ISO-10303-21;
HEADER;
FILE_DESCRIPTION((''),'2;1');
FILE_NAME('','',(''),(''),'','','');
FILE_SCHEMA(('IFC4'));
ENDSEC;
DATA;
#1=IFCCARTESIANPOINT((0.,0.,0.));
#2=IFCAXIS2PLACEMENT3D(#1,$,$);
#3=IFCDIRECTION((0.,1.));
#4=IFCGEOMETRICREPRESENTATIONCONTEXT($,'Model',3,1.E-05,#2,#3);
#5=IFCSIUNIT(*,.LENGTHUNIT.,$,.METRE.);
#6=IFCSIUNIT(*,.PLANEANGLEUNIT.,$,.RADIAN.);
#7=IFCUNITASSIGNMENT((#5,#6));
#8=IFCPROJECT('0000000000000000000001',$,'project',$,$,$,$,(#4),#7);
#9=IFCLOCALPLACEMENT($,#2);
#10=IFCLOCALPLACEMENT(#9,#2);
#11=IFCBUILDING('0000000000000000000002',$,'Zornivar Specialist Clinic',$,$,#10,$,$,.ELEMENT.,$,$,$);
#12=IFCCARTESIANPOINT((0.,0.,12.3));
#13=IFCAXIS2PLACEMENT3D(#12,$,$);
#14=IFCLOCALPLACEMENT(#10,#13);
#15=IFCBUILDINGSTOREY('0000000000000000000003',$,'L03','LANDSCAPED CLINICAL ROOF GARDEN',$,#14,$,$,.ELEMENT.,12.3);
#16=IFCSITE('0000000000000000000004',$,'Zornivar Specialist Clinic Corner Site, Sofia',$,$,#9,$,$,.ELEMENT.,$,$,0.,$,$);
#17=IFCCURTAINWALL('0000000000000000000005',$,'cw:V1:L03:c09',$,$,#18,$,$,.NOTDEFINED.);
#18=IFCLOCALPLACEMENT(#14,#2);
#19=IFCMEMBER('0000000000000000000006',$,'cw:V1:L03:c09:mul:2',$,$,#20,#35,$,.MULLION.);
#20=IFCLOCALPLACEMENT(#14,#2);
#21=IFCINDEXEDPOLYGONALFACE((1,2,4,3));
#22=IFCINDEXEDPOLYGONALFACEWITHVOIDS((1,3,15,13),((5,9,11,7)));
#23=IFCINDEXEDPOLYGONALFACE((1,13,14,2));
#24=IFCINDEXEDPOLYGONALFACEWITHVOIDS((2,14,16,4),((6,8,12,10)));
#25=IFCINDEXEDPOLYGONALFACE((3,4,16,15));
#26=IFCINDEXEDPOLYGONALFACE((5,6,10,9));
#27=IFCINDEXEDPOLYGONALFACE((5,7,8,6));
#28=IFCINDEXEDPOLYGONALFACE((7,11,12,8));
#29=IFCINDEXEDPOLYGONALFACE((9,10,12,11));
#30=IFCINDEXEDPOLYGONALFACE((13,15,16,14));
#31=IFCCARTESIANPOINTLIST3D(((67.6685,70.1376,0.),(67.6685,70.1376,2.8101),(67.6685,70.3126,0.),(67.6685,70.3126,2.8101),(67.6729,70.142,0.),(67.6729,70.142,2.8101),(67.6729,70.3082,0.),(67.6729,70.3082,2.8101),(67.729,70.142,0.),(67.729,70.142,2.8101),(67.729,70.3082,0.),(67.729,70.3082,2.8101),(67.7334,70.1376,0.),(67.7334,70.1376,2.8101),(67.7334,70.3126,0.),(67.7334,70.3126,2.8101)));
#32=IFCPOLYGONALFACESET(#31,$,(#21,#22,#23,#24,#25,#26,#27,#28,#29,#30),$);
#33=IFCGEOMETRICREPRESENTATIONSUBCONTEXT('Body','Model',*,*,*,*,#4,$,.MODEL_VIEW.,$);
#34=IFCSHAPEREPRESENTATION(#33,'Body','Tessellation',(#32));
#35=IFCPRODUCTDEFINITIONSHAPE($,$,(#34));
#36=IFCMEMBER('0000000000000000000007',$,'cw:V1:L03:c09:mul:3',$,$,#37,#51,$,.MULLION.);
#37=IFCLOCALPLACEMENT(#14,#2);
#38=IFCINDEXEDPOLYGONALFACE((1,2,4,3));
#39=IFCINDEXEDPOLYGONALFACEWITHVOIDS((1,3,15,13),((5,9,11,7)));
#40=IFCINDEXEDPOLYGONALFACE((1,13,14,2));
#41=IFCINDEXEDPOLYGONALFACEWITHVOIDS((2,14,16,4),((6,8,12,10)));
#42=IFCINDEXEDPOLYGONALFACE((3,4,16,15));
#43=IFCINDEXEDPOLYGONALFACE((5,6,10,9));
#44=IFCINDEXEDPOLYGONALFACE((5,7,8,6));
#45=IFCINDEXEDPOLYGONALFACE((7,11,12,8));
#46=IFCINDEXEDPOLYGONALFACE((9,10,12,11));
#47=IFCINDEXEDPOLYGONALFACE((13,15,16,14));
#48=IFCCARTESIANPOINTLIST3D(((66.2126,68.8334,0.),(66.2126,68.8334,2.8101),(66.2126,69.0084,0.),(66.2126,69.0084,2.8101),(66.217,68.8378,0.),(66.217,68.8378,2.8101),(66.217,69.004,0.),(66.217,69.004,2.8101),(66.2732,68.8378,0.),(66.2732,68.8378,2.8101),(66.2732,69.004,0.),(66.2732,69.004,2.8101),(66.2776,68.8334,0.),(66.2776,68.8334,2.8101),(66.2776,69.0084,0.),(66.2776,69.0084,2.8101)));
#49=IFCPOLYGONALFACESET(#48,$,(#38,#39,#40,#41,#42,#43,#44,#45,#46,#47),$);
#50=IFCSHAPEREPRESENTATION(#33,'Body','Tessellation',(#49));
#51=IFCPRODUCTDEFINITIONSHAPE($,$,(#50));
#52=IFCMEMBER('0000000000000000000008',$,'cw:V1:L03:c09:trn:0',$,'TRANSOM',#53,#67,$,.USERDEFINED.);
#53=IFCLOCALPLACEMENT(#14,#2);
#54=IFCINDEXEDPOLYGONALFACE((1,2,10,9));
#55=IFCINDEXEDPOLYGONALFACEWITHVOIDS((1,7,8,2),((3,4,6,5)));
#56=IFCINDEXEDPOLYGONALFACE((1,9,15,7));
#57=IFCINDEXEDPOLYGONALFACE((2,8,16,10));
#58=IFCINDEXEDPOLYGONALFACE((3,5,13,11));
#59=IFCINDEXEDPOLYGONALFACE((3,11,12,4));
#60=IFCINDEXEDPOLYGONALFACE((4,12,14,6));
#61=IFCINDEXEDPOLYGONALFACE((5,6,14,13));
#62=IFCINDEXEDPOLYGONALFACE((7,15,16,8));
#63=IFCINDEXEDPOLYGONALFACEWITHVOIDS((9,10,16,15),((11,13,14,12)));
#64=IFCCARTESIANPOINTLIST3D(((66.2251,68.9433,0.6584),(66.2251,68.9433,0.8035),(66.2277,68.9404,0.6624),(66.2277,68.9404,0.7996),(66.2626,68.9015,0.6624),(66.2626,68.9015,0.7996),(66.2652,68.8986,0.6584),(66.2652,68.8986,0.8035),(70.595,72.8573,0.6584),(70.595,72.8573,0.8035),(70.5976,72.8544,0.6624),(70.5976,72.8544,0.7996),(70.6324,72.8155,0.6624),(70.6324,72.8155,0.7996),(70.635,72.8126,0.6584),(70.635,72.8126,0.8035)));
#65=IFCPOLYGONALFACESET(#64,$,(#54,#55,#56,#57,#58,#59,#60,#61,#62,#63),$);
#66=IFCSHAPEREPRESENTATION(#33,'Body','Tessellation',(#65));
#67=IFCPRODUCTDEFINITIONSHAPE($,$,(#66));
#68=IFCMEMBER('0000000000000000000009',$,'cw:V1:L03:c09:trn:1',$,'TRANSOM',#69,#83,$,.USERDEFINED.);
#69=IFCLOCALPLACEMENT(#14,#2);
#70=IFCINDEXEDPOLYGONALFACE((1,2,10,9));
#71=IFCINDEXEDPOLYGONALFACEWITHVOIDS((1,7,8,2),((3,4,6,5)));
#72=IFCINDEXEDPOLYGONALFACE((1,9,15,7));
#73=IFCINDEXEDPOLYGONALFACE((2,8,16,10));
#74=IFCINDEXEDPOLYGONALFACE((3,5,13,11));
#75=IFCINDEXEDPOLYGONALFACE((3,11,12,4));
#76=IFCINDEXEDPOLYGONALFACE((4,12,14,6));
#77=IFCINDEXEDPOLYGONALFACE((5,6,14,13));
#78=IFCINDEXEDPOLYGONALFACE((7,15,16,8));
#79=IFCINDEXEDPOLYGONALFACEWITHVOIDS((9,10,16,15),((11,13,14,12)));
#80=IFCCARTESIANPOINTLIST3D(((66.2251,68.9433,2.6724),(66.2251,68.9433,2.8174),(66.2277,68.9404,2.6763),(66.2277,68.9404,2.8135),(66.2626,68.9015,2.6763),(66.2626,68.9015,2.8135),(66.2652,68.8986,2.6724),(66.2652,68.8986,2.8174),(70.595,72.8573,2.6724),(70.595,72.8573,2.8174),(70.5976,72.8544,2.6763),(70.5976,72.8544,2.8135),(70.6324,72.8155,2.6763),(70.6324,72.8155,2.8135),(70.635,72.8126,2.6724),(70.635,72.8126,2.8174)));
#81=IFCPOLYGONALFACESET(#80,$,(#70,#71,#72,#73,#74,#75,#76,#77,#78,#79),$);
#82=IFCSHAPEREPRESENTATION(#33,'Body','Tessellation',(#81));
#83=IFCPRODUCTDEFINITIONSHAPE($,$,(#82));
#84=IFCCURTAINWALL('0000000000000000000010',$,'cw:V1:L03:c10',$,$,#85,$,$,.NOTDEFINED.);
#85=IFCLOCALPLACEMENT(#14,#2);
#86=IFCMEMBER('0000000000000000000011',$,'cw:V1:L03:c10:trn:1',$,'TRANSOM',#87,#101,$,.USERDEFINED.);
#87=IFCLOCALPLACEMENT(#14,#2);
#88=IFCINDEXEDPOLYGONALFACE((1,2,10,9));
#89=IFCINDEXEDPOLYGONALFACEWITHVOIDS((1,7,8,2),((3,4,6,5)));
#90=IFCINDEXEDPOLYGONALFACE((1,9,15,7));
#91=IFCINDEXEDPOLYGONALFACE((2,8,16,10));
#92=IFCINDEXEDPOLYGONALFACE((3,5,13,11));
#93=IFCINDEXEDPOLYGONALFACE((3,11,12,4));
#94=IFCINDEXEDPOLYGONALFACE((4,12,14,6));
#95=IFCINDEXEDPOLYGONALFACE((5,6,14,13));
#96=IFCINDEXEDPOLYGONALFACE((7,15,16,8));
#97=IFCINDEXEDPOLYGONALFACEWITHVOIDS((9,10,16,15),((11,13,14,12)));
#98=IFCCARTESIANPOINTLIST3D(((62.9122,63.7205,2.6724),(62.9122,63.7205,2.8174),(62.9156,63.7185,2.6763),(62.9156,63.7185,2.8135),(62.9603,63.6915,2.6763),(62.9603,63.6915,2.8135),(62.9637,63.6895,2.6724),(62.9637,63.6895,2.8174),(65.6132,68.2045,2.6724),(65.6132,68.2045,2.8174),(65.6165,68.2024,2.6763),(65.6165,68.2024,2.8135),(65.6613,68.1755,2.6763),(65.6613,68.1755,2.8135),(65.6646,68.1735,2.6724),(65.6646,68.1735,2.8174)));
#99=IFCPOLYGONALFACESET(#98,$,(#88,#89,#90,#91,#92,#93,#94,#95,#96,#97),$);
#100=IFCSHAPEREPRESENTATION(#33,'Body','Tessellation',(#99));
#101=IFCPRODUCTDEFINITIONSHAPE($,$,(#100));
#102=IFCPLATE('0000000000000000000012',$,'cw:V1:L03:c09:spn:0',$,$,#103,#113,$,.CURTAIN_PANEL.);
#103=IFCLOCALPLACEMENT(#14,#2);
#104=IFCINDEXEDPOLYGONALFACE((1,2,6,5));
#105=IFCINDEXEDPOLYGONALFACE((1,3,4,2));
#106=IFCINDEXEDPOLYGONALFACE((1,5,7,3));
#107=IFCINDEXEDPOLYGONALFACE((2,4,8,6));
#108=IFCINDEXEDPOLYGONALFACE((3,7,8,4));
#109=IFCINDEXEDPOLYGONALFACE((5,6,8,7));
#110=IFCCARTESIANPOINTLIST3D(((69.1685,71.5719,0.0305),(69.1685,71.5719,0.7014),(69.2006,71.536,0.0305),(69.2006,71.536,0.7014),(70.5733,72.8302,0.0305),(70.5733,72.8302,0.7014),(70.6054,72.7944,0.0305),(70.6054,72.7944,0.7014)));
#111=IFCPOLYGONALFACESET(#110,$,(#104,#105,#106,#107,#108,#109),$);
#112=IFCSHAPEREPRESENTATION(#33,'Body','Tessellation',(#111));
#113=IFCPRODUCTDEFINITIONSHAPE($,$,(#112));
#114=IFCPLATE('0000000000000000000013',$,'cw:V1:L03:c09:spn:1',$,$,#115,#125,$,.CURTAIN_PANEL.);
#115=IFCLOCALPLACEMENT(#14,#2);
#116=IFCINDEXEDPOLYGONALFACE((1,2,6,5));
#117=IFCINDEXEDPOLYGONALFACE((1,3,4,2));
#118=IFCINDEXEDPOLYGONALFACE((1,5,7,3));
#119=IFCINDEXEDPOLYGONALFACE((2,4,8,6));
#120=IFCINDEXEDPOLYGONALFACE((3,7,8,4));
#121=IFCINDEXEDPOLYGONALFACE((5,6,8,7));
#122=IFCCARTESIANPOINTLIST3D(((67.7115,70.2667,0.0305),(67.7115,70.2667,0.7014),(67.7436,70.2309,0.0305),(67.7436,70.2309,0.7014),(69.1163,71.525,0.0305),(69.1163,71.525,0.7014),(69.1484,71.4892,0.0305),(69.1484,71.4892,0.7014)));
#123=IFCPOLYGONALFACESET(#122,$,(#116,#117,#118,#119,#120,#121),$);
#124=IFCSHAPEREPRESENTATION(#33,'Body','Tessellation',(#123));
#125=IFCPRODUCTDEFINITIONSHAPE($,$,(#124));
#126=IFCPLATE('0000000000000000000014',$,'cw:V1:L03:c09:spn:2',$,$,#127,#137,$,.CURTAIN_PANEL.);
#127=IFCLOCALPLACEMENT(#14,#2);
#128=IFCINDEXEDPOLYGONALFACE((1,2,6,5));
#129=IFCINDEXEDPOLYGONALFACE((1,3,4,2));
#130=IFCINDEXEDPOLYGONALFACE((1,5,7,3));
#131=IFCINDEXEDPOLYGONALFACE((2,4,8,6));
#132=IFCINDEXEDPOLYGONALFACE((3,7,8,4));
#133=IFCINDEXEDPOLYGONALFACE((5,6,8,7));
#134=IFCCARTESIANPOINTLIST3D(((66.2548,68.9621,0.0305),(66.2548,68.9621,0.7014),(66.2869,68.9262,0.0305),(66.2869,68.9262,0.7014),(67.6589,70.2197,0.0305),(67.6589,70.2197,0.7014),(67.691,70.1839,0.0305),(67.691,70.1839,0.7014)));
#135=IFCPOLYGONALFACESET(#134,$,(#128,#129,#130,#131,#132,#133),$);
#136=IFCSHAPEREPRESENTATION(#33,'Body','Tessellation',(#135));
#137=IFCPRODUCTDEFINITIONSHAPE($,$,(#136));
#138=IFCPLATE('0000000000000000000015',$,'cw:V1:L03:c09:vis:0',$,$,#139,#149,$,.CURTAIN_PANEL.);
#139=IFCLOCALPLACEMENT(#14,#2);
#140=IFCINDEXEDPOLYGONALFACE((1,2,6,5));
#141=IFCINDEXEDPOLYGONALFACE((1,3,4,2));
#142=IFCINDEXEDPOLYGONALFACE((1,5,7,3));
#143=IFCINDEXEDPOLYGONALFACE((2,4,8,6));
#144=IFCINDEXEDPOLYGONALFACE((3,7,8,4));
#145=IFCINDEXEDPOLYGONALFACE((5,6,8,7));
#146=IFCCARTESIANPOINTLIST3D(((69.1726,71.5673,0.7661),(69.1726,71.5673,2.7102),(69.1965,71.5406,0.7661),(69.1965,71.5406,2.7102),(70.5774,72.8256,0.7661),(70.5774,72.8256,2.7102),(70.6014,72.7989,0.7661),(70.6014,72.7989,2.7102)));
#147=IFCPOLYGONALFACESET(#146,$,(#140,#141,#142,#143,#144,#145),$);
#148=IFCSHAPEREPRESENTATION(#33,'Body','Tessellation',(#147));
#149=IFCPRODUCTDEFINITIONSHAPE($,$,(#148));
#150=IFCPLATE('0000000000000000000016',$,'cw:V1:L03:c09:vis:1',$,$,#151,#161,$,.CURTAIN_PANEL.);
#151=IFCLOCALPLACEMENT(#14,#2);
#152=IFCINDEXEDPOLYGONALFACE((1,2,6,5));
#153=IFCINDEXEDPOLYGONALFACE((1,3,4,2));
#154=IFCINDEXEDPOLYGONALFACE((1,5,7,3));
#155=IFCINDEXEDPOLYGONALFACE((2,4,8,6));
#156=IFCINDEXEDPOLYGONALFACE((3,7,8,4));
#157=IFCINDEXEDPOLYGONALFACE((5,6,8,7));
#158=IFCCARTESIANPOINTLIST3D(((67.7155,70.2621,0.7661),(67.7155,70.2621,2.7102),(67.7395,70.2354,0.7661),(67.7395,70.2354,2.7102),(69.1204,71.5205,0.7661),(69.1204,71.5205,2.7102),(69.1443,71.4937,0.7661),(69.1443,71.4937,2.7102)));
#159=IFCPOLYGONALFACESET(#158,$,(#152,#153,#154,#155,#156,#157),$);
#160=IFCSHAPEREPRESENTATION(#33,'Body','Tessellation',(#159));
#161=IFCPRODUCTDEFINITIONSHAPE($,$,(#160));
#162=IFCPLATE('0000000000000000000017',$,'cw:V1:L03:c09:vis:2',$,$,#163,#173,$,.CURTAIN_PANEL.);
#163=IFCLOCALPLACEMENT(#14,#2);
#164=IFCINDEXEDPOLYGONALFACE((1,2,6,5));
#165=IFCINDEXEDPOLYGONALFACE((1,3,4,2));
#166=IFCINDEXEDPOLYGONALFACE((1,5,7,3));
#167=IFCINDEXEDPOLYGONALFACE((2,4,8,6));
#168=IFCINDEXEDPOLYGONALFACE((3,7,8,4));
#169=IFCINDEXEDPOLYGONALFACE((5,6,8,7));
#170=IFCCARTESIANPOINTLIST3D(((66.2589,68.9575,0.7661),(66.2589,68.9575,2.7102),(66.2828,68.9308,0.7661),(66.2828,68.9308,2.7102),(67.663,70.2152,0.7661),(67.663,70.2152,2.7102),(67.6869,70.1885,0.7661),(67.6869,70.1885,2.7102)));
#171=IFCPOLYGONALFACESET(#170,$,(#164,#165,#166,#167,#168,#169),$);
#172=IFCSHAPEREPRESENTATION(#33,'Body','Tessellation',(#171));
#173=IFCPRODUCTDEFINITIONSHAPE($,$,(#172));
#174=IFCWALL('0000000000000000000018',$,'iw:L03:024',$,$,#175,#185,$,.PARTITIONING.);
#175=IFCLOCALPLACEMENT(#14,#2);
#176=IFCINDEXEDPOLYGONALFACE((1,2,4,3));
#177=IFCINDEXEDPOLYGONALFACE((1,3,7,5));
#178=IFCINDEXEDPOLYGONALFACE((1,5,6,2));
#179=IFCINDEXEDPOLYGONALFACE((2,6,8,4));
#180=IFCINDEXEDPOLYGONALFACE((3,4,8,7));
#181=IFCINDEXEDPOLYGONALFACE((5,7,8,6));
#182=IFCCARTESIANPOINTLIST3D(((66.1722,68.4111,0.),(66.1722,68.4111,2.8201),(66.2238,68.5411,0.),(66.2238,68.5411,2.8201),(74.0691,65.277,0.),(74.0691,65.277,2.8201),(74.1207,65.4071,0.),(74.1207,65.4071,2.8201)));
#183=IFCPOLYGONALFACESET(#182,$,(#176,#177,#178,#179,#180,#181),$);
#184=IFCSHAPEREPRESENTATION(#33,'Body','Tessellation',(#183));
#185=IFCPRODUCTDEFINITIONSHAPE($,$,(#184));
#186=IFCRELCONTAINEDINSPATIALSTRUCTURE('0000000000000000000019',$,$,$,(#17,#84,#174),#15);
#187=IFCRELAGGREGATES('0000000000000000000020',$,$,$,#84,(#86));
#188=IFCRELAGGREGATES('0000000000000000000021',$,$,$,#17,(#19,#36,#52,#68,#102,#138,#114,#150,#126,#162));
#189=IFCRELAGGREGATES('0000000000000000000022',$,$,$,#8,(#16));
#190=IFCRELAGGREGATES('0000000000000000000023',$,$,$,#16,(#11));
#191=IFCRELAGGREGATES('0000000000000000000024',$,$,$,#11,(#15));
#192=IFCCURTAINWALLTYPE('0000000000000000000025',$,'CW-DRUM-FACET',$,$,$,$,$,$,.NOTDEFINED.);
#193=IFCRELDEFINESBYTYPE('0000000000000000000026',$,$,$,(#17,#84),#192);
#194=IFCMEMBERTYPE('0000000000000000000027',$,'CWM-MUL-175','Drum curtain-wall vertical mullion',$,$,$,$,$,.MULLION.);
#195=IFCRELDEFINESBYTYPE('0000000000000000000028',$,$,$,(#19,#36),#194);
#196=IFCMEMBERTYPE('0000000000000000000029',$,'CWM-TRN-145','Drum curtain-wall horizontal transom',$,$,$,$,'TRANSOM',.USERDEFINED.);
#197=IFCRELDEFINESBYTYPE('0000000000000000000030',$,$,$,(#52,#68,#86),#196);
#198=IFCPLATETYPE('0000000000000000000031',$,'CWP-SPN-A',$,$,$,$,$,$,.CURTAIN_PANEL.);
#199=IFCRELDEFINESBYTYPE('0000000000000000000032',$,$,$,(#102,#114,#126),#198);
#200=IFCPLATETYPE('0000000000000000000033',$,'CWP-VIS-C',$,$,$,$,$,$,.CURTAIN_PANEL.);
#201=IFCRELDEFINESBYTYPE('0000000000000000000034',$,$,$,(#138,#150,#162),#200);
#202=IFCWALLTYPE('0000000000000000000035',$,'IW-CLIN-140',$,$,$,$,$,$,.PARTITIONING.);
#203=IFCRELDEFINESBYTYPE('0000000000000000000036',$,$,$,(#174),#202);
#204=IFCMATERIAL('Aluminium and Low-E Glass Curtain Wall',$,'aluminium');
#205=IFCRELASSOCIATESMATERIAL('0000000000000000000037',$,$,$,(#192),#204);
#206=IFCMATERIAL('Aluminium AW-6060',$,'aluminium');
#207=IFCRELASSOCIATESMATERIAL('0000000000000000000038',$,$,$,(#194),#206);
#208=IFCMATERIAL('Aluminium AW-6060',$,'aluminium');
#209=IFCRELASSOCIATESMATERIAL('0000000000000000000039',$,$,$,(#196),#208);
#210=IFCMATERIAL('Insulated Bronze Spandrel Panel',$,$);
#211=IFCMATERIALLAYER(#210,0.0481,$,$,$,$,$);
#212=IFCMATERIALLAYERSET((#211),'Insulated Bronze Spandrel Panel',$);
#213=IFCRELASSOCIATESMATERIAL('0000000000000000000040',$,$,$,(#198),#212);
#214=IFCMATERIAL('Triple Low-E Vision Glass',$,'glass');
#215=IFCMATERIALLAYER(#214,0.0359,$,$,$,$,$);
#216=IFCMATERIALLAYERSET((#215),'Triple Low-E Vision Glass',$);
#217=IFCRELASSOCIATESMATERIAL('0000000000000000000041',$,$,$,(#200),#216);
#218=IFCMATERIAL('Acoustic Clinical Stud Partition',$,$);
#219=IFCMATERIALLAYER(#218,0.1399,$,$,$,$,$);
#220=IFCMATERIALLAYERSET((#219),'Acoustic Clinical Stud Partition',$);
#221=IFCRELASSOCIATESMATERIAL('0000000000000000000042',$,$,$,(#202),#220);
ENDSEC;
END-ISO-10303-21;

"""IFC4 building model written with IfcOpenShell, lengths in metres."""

from ifc_helpers import new_model, si_unit, direction, frame, frame_2d, origin, origin_2d, place, context, subcontext, project, spatial, rectangle, hollow_rectangle, extrude, material, layer, layer_set, material_profile, profile_set, type_object, element, aggregate, save


model = new_model("IFC4")

# Units and contexts
model_context = context("Model", 3, precision=1e-05, world=origin(), true_north=direction((0.0, 1.0)))
body_context = subcontext(model_context, "Body", "Model", "MODEL_VIEW")
ifc_project = project(units=[si_unit("LENGTHUNIT", "METRE"), si_unit("PLANEANGLEUNIT", "RADIAN")], contexts=[model_context])

# Site, building, storey
site_placement = place(None, origin())
site = spatial("IfcSite", under=ifc_project, at=site_placement, Name="Zornivar Specialist Clinic Corner Site, Sofia", CompositionType="ELEMENT", RefElevation=0.0)
building_placement = place(site_placement, origin())
building = spatial("IfcBuilding", under=site, at=building_placement, Name="Zornivar Specialist Clinic", CompositionType="ELEMENT")
storey_placement = place(building_placement, frame((0.0, 0.0, 12.3)))
storey = spatial("IfcBuildingStorey", under=building, at=storey_placement, Name="L03", Description="LANDSCAPED CLINICAL ROOF GARDEN", CompositionType="ELEMENT", Elevation=12.3)

# Curtain wall, members
ifc_material_1 = material(Name="Aluminium and Low-E Glass Curtain Wall", Category="aluminium")
curtain_wall_type = type_object("IfcCurtainWallType", Name="CW-DRUM-FACET", PredefinedType="NOTDEFINED", material=ifc_material_1)
curtain_wall_1_placement = place(storey_placement, origin())
curtain_wall_1 = element("IfcCurtainWall", 1, at=curtain_wall_1_placement, inside=storey, type_object=curtain_wall_type, Name="cw:V1:L03:c09", PredefinedType="NOTDEFINED")
ifc_material_2 = material(Name="Aluminium AW-6060", Category="aluminium")
ifc_material_profile_1 = material_profile(ifc_material_2, hollow_rectangle(XDim=0.0649, YDim=0.175, WallThickness=0.0044, at=origin_2d()), Name="ALU 65x175x4.5")
ifc_profile_set_1 = profile_set([ifc_material_profile_1], Name="Aluminium AW-6060")
member_type_1 = type_object("IfcMemberType", Name="CWM-MUL-175", Description="Drum curtain-wall vertical mullion", PredefinedType="MULLION", material=ifc_profile_set_1)
member_1_placement = place(storey_placement, frame((67.7009, 70.2251, 0.0), z_axis=(0.0, 0.0, 1.0), x_axis=(1.0, 0.0, 0.0)))
member_1 = element("IfcMember", 2, at=member_1_placement, type_object=member_type_1, Name="cw:V1:L03:c09:mul:2", PredefinedType="MULLION", context=body_context, shape_type="SweptSolid", body=[
    extrude(hollow_rectangle(XDim=0.0649, YDim=0.175, WallThickness=0.0044, at=origin_2d()), origin(), (0.0, 0.0, 1.0), 2.8101),
])
member_2_placement = place(storey_placement, frame((66.2451, 68.9209, 0.0), z_axis=(0.0, 0.0, 1.0), x_axis=(1.0, 0.0, 0.0)))
member_2 = element("IfcMember", 3, at=member_2_placement, type_object=member_type_1, Name="cw:V1:L03:c09:mul:3", PredefinedType="MULLION", context=body_context, shape_type="SweptSolid", body=[
    extrude(hollow_rectangle(XDim=0.0649, YDim=0.175, WallThickness=0.0044, at=origin_2d()), origin(), (0.0, 0.0, 1.0), 2.8101),
])
ifc_material_3 = material(Name="Aluminium AW-6060", Category="aluminium")
ifc_material_profile_2 = material_profile(ifc_material_3, hollow_rectangle(XDim=0.0601, YDim=0.145, WallThickness=0.0039, at=origin_2d()), Name="ALU 60x145x4")
ifc_profile_set_2 = profile_set([ifc_material_profile_2], Name="Aluminium AW-6060")
member_type_2 = type_object("IfcMemberType", Name="CWM-TRN-145", Description="Drum curtain-wall horizontal transom", ElementType="TRANSOM", PredefinedType="USERDEFINED", material=ifc_profile_set_2)
member_3_placement = place(storey_placement, frame((70.615, 72.835, 0.731), z_axis=(-0.744887, -0.66719, 0.0), x_axis=(0.66719, -0.744887, 0.0)))
member_3 = element("IfcMember", 4, at=member_3_placement, type_object=member_type_2, Name="cw:V1:L03:c09:trn:0", ObjectType="TRANSOM", PredefinedType="USERDEFINED", context=body_context, shape_type="SweptSolid", body=[
    extrude(hollow_rectangle(XDim=0.0601, YDim=0.145, WallThickness=0.0039, at=origin_2d()), origin(), (0.0, 0.0, 1.0), 5.8665),
])
member_4_placement = place(storey_placement, frame((70.615, 72.835, 2.7449), z_axis=(-0.744887, -0.66719, 0.0), x_axis=(0.66719, -0.744887, 0.0)))
member_4 = element("IfcMember", 5, at=member_4_placement, type_object=member_type_2, Name="cw:V1:L03:c09:trn:1", ObjectType="TRANSOM", PredefinedType="USERDEFINED", context=body_context, shape_type="SweptSolid", body=[
    extrude(hollow_rectangle(XDim=0.0601, YDim=0.145, WallThickness=0.0039, at=origin_2d()), origin(), (0.0, 0.0, 1.0), 5.8665),
])

# Curtain wall, member
curtain_wall_2_placement = place(storey_placement, origin())
curtain_wall_2 = element("IfcCurtainWall", 6, at=curtain_wall_2_placement, inside=storey, type_object=curtain_wall_type, Name="cw:V1:L03:c10", PredefinedType="NOTDEFINED")
member_5_placement = place(storey_placement, frame((65.6389, 68.189, 2.7449), z_axis=(-0.515983, -0.856599, 0.0), x_axis=(0.856599, -0.515983, 0.0)))
member_5 = element("IfcMember", 7, at=member_5_placement, type_object=member_type_2, Name="cw:V1:L03:c10:trn:1", ObjectType="TRANSOM", PredefinedType="USERDEFINED", context=body_context, shape_type="SweptSolid", body=[
    extrude(hollow_rectangle(XDim=0.0601, YDim=0.145, WallThickness=0.0039, at=origin_2d()), origin(), (0.0, 0.0, 1.0), 5.2346),
])
aggregate(curtain_wall_2, [member_5])

# Plates
ifc_material_4 = material(Name="Insulated Bronze Spandrel Panel")
ifc_layer_1 = layer(ifc_material_4, 0.0481)
ifc_layer_set_1 = layer_set([ifc_layer_1], Name="Insulated Bronze Spandrel Panel")
plate_type_1 = type_object("IfcPlateType", Name="CWP-SPN-A", PredefinedType="CURTAIN_PANEL", material=ifc_layer_set_1)
plate_1_placement = place(storey_placement, frame((69.887, 72.1831, 0.0305), z_axis=(0.0, 0.0, 1.0), x_axis=(-0.744881, -0.667198, 0.0)))
plate_1 = element("IfcPlate", 8, at=plate_1_placement, type_object=plate_type_1, Name="cw:V1:L03:c09:spn:0", PredefinedType="CURTAIN_PANEL", context=body_context, shape_type="SweptSolid", body=[
    extrude(rectangle(XDim=1.886, YDim=0.0481, at=origin_2d()), origin(), (0.0, 0.0, 1.0), 0.6709),
])
plate_2_placement = place(storey_placement, frame((68.4299, 70.8779, 0.0305), z_axis=(0.0, 0.0, 1.0), x_axis=(-0.744881, -0.667198, 0.0)))
plate_2 = element("IfcPlate", 9, at=plate_2_placement, type_object=plate_type_1, Name="cw:V1:L03:c09:spn:1", PredefinedType="CURTAIN_PANEL", context=body_context, shape_type="SweptSolid", body=[
    extrude(rectangle(XDim=1.886, YDim=0.0481, at=origin_2d()), origin(), (0.0, 0.0, 1.0), 0.6709),
])
plate_3_placement = place(storey_placement, frame((66.9729, 69.573, 0.0305), z_axis=(0.0, 0.0, 1.0), x_axis=(-0.744881, -0.667198, 0.0)))
plate_3 = element("IfcPlate", 10, at=plate_3_placement, type_object=plate_type_1, Name="cw:V1:L03:c09:spn:2", PredefinedType="CURTAIN_PANEL", context=body_context, shape_type="SweptSolid", body=[
    extrude(rectangle(XDim=1.885, YDim=0.0481, at=origin_2d()), origin(), (0.0, 0.0, 1.0), 0.6709),
])
ifc_material_5 = material(Name="Triple Low-E Vision Glass", Category="glass")
ifc_layer_2 = layer(ifc_material_5, 0.0359)
ifc_layer_set_2 = layer_set([ifc_layer_2], Name="Triple Low-E Vision Glass")
plate_type_2 = type_object("IfcPlateType", Name="CWP-VIS-C", PredefinedType="CURTAIN_PANEL", material=ifc_layer_set_2)
plate_4_placement = place(storey_placement, frame((69.887, 72.1831, 0.7661), z_axis=(0.0, 0.0, 1.0), x_axis=(-0.744881, -0.667198, 0.0)))
plate_4 = element("IfcPlate", 11, at=plate_4_placement, type_object=plate_type_2, Name="cw:V1:L03:c09:vis:0", PredefinedType="CURTAIN_PANEL", context=body_context, shape_type="SweptSolid", body=[
    extrude(rectangle(XDim=1.886, YDim=0.0359, at=origin_2d()), origin(), (0.0, 0.0, 1.0), 1.9441),
])
plate_5_placement = place(storey_placement, frame((68.4299, 70.8779, 0.7661), z_axis=(0.0, 0.0, 1.0), x_axis=(-0.744881, -0.667198, 0.0)))
plate_5 = element("IfcPlate", 12, at=plate_5_placement, type_object=plate_type_2, Name="cw:V1:L03:c09:vis:1", PredefinedType="CURTAIN_PANEL", context=body_context, shape_type="SweptSolid", body=[
    extrude(rectangle(XDim=1.886, YDim=0.0359, at=origin_2d()), origin(), (0.0, 0.0, 1.0), 1.9441),
])
plate_6_placement = place(storey_placement, frame((66.9729, 69.573, 0.7661), z_axis=(0.0, 0.0, 1.0), x_axis=(-0.744881, -0.667198, 0.0)))
plate_6 = element("IfcPlate", 13, at=plate_6_placement, type_object=plate_type_2, Name="cw:V1:L03:c09:vis:2", PredefinedType="CURTAIN_PANEL", context=body_context, shape_type="SweptSolid", body=[
    extrude(rectangle(XDim=1.885, YDim=0.0359, at=origin_2d()), origin(), (0.0, 0.0, 1.0), 1.9441),
])
aggregate(curtain_wall_1, [member_1, member_2, member_3, member_4, plate_1, plate_4, plate_2, plate_5, plate_3, plate_6])

# Wall
ifc_material_6 = material(Name="Acoustic Clinical Stud Partition")
ifc_layer_3 = layer(ifc_material_6, 0.1399)
ifc_layer_set_3 = layer_set([ifc_layer_3], Name="Acoustic Clinical Stud Partition")
wall_type = type_object("IfcWallType", Name="IW-CLIN-140", PredefinedType="PARTITIONING", material=ifc_layer_set_3)
wall_placement = place(storey_placement, frame((66.198, 68.4761, 0.0), z_axis=(0.0, 0.0, 1.0), x_axis=(0.929478, -0.368877, 0.0)))
element("IfcWall", 14, at=wall_placement, inside=storey, type_object=wall_type, Name="iw:L03:024", PredefinedType="PARTITIONING", context=body_context, shape_type="SweptSolid", body=[
    extrude(rectangle(XDim=8.4961, YDim=0.1399, at=frame_2d((4.248, 0.0))), origin(), (0.0, 0.0, 1.0), 2.8201),
])

save(model, "model.ifc")
